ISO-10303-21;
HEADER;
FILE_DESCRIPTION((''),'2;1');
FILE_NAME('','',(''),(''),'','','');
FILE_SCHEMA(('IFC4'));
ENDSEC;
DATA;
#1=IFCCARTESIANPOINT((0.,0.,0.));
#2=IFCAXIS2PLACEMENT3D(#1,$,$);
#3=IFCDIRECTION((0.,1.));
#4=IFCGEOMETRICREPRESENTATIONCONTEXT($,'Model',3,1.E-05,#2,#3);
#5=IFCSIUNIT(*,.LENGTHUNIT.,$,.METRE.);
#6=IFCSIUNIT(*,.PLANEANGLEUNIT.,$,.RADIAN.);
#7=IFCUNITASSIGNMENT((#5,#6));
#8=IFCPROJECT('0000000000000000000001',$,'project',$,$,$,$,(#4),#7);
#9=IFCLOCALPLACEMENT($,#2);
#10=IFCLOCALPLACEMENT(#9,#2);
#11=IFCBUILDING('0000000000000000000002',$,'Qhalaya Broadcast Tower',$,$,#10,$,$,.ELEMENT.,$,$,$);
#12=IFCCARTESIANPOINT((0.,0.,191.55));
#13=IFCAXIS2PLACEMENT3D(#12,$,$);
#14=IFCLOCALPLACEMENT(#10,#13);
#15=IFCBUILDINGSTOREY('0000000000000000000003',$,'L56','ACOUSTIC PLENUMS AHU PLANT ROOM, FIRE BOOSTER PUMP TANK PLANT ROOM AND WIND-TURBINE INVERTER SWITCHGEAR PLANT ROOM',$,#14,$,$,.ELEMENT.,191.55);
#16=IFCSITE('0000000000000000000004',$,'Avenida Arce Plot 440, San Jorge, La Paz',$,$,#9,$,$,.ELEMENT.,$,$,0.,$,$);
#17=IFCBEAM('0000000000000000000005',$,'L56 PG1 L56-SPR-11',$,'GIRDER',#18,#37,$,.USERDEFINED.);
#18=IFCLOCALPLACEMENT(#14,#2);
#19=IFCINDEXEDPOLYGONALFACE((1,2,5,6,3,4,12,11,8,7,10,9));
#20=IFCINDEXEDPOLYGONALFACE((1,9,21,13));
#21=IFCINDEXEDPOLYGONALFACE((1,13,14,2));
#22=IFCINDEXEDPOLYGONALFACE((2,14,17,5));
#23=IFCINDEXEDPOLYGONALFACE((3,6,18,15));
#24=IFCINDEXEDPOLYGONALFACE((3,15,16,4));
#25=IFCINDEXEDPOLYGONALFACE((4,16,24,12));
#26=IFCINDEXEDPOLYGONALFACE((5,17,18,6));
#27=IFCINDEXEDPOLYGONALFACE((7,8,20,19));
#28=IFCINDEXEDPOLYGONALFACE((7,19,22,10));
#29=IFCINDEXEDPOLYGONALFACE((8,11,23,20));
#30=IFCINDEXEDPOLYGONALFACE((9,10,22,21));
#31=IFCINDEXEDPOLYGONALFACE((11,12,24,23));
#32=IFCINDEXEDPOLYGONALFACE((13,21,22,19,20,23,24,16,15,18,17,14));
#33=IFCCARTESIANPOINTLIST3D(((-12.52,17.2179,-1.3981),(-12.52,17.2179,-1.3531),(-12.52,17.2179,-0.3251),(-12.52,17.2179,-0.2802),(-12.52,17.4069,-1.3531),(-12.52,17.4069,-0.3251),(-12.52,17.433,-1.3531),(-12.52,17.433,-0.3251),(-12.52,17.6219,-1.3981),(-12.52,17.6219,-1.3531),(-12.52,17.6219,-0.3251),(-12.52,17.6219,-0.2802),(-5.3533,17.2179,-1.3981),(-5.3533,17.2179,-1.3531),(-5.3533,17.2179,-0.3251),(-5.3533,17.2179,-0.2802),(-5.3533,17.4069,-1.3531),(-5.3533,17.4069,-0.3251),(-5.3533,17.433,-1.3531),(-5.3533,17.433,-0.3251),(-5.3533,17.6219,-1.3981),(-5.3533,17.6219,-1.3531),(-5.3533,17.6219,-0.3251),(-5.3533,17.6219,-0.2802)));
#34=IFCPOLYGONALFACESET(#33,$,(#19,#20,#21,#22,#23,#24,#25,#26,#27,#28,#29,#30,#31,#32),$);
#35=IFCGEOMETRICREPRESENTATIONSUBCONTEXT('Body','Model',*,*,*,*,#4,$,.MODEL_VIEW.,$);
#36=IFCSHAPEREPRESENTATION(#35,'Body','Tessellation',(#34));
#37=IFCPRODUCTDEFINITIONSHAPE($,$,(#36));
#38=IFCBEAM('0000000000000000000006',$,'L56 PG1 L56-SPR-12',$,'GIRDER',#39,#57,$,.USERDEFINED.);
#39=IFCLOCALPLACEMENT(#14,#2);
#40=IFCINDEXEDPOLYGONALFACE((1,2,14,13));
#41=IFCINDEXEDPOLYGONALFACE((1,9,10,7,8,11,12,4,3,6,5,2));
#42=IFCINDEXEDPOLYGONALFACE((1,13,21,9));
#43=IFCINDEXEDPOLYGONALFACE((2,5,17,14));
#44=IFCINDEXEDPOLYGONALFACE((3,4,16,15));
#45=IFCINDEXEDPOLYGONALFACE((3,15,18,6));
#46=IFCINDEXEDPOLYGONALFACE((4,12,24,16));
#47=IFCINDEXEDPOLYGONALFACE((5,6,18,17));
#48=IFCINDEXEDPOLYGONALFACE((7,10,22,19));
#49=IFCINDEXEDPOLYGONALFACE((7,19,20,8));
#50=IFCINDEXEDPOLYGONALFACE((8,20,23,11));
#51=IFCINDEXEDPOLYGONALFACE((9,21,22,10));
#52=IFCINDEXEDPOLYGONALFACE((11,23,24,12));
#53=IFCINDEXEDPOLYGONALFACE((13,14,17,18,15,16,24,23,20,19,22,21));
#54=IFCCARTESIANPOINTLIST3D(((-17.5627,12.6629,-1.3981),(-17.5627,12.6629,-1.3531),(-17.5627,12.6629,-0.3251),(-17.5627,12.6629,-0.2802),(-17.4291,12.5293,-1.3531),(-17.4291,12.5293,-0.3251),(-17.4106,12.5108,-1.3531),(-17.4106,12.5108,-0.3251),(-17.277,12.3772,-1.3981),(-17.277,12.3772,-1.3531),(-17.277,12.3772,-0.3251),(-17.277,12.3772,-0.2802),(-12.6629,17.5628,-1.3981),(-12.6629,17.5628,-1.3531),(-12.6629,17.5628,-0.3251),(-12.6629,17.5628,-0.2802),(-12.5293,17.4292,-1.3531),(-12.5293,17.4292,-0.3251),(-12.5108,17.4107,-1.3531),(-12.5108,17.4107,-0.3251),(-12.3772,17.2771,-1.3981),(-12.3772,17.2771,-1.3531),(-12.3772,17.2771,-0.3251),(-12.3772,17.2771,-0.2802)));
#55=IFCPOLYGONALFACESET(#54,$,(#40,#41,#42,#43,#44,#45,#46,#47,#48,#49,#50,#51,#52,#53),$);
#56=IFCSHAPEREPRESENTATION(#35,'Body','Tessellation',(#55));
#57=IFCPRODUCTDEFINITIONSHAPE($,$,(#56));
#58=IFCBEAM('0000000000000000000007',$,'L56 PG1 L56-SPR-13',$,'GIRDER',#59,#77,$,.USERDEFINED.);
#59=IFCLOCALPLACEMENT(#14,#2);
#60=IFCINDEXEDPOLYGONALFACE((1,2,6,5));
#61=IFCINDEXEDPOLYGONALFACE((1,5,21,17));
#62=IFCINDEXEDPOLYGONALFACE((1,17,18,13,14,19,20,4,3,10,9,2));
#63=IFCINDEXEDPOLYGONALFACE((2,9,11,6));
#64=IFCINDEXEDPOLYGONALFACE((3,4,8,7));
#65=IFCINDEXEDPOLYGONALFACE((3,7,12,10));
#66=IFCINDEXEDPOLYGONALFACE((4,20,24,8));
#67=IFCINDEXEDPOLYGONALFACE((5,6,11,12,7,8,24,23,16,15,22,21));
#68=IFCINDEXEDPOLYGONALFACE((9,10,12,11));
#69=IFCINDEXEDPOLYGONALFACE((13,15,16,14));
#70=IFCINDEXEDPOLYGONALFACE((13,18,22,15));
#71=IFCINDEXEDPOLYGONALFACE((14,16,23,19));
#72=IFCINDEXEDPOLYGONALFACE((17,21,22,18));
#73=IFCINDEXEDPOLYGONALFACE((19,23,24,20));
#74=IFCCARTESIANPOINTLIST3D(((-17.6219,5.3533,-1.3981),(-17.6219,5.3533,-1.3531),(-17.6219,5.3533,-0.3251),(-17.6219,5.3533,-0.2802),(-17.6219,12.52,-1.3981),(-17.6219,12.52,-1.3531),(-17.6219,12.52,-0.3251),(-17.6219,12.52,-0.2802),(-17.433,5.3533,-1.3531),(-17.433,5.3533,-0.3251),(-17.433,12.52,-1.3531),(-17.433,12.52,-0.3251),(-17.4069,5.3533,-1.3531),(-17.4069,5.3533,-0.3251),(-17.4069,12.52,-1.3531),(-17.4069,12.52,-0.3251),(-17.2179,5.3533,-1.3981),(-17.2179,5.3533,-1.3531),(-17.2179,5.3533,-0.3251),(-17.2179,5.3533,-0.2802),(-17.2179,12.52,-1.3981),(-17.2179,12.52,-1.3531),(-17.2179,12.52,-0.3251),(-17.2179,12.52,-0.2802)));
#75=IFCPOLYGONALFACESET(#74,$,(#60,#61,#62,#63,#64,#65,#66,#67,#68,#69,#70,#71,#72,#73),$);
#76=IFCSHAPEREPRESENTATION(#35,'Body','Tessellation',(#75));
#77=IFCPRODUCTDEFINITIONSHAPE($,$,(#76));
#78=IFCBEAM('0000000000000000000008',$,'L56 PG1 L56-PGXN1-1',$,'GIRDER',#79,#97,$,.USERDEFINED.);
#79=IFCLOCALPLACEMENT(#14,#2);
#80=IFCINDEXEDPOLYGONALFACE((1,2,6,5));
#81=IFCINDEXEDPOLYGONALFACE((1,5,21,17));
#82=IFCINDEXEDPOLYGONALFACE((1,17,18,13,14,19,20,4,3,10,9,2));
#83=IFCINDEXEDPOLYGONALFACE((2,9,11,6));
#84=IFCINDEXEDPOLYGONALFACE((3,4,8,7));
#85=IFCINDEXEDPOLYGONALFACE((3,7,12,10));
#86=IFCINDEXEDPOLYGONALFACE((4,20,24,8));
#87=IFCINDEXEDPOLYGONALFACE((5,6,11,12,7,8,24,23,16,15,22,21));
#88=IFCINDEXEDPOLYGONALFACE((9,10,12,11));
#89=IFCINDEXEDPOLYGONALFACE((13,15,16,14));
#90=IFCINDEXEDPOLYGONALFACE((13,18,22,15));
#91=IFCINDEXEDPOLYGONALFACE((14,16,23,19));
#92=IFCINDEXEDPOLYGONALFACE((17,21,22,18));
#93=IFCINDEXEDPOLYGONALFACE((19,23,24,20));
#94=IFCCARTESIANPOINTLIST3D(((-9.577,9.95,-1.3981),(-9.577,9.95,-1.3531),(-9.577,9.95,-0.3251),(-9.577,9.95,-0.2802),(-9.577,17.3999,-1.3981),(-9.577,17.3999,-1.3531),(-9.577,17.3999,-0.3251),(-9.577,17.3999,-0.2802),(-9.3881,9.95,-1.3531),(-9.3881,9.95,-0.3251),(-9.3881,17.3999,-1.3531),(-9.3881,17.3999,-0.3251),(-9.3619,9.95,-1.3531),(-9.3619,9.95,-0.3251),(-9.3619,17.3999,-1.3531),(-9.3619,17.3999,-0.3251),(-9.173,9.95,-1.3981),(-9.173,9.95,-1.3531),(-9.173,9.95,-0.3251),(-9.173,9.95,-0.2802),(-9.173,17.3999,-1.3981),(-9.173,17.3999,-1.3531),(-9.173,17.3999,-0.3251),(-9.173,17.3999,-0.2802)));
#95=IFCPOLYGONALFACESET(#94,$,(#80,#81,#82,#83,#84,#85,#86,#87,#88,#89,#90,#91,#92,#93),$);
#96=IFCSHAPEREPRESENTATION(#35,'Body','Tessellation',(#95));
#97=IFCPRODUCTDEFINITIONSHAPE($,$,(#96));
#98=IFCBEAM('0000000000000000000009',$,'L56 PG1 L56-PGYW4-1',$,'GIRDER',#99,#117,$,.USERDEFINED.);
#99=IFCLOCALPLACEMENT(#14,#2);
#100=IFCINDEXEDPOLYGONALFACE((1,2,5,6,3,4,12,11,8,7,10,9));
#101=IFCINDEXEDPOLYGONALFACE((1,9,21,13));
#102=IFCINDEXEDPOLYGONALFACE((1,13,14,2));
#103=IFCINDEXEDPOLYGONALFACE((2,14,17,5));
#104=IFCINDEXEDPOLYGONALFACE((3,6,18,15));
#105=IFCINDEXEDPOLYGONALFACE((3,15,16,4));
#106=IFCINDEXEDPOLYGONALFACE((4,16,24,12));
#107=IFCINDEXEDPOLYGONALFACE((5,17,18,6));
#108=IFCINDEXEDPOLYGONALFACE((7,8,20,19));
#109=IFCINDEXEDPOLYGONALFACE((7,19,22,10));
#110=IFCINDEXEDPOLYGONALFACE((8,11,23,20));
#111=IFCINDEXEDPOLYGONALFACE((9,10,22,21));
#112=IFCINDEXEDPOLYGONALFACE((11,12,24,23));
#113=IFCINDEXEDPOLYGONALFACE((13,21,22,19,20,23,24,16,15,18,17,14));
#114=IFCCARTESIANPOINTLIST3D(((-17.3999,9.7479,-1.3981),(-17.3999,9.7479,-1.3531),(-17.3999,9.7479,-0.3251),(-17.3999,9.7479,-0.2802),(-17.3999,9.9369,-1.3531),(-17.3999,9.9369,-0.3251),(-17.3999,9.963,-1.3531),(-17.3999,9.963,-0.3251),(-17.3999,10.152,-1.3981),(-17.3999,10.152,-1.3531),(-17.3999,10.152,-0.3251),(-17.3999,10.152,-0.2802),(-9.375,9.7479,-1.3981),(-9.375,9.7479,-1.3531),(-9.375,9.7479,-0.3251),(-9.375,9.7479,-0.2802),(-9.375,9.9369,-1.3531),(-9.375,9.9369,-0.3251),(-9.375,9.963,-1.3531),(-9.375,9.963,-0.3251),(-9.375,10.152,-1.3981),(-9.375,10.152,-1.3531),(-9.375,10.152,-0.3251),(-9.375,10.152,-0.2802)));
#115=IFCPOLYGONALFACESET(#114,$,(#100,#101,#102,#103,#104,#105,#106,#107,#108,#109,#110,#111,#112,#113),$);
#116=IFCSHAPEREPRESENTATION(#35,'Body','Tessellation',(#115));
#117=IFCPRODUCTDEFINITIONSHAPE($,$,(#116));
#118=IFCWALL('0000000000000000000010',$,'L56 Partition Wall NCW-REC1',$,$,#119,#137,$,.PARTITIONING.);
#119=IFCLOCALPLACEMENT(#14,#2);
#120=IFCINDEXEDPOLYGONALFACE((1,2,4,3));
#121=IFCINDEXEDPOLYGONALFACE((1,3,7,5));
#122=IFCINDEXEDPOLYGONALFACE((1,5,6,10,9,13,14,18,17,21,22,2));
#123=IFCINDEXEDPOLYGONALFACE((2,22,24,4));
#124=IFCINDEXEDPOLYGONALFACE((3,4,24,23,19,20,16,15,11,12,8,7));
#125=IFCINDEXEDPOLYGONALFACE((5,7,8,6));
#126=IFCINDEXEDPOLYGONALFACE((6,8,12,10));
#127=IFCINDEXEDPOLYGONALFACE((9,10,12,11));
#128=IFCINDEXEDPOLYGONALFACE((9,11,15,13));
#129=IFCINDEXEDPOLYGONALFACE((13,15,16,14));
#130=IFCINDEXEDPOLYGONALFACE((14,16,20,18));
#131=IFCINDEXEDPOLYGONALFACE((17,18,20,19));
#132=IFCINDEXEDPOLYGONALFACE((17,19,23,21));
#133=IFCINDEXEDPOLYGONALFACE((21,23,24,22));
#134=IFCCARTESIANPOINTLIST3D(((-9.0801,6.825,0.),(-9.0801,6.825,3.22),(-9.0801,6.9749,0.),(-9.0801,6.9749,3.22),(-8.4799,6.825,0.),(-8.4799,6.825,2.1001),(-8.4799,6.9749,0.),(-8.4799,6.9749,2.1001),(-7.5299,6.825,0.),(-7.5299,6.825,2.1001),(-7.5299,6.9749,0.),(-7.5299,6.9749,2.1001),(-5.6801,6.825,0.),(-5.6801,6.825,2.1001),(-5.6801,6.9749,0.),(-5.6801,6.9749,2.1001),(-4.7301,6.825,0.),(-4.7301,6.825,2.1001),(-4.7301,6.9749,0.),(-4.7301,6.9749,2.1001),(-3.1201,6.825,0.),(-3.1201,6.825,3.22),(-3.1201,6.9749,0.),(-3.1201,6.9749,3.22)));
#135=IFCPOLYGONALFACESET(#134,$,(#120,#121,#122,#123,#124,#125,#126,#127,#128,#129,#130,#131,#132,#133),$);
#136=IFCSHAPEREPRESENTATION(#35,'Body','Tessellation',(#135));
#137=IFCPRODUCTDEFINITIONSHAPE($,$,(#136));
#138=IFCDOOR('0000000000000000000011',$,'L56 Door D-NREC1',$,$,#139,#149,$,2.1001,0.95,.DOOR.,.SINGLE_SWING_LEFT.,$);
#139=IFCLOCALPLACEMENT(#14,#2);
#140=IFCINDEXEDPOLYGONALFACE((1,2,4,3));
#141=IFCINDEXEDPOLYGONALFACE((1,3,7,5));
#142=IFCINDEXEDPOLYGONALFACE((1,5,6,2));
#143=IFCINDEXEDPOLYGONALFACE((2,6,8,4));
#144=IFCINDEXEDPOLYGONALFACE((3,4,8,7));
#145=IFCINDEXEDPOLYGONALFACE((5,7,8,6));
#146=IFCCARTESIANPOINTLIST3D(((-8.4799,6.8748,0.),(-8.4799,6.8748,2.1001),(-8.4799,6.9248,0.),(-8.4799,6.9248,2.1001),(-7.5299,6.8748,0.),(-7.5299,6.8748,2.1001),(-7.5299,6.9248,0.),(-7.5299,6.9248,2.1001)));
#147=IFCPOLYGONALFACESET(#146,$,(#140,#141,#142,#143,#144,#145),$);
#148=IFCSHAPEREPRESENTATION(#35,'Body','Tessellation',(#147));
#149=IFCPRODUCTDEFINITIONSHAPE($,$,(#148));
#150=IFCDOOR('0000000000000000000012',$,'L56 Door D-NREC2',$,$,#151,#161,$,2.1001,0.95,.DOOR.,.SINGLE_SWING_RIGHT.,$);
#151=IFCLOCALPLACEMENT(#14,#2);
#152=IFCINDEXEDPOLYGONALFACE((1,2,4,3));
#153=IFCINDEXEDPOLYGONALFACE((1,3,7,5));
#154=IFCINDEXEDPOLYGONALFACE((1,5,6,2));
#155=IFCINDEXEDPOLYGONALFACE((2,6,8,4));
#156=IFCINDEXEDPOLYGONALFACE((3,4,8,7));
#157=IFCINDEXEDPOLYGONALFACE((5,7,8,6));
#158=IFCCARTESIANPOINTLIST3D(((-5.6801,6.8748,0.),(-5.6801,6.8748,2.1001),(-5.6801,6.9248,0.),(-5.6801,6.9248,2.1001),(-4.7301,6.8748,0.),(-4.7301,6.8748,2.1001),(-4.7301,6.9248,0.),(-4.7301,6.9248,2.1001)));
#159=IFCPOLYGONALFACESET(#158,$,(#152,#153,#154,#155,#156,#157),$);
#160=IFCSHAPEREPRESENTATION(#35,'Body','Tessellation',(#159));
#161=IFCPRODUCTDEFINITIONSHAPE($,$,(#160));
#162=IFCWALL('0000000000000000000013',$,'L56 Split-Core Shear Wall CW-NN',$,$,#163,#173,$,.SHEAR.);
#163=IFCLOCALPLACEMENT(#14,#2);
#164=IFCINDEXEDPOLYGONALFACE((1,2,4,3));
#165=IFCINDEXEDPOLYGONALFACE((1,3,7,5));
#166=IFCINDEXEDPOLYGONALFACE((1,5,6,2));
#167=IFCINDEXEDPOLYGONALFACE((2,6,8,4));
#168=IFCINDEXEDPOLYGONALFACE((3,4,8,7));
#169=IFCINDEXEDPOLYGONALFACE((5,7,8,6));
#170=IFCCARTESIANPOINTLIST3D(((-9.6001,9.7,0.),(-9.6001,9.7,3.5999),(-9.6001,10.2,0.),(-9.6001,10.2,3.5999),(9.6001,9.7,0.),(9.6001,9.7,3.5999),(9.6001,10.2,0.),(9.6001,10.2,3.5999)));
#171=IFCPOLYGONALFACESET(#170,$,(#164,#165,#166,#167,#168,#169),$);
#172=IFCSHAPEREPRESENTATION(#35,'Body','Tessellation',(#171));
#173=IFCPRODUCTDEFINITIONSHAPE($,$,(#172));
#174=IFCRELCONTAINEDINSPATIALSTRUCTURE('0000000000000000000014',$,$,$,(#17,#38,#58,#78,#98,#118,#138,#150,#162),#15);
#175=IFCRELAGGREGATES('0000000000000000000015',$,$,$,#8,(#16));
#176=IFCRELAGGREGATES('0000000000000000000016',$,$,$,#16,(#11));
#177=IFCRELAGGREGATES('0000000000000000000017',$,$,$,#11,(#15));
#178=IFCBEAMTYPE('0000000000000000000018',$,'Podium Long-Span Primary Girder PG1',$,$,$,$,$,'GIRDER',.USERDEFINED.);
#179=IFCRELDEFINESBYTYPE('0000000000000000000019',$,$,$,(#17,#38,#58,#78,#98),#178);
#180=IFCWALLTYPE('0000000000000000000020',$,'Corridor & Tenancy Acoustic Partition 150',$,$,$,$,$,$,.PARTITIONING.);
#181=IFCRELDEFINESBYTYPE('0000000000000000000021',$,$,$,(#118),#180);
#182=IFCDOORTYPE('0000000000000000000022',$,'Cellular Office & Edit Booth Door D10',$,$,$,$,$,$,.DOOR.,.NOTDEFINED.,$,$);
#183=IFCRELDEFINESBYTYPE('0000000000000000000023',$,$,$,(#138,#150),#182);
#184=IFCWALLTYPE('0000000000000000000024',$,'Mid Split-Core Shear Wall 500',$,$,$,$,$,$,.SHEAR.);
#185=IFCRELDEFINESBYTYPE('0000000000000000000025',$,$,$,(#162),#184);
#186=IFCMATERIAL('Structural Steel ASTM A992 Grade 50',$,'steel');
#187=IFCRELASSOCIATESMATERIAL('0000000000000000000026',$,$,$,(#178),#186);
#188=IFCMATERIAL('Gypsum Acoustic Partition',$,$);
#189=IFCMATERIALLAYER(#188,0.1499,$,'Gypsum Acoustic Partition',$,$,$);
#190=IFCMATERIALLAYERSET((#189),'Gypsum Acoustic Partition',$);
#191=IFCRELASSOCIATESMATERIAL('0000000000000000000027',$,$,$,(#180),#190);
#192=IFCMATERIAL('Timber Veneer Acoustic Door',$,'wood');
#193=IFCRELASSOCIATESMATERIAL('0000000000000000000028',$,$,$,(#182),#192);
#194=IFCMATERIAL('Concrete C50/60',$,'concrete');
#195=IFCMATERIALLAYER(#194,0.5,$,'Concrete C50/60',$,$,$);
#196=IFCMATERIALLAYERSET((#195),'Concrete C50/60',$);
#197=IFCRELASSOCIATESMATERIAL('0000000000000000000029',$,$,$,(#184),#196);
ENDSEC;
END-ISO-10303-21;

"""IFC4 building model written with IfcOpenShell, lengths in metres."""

from ifc_helpers import new_model, si_unit, direction, frame, frame_2d, origin, origin_2d, place, context, subcontext, project, spatial, rectangle, i_section, extrude, material, layer, layer_set, material_profile, profile_set, type_object, element, fill, save


model = new_model("IFC4")

# Units and contexts
model_context = context("Model", 3, precision=1e-05, world=origin(), true_north=direction((0.0, 1.0)))
body_context = subcontext(model_context, "Body", "Model", "MODEL_VIEW")
ifc_project = project(units=[si_unit("LENGTHUNIT", "METRE"), si_unit("PLANEANGLEUNIT", "RADIAN")], contexts=[model_context])

# Site, building, storey
site_placement = place(None, origin())
site = spatial("IfcSite", under=ifc_project, at=site_placement, Name="Avenida Arce Plot 440, San Jorge, La Paz", CompositionType="ELEMENT", RefElevation=0.0)
building_placement = place(site_placement, origin())
building = spatial("IfcBuilding", under=site, at=building_placement, Name="Qhalaya Broadcast Tower", CompositionType="ELEMENT")
storey_placement = place(building_placement, frame((0.0, 0.0, 191.55)))
storey = spatial("IfcBuildingStorey", under=building, at=storey_placement, Name="L56", Description="ACOUSTIC PLENUMS AHU PLANT ROOM, FIRE BOOSTER PUMP TANK PLANT ROOM AND WIND-TURBINE INVERTER SWITCHGEAR PLANT ROOM", CompositionType="ELEMENT", Elevation=191.55)

# Shared definitions
ifc_material_1 = material(Name="Concrete C50/60", Category="concrete")

# Beams
ifc_material_2 = material(Name="Structural Steel ASTM A992 Grade 50", Category="steel")
ifc_material_profile_1 = material_profile(ifc_material_2, i_section(OverallWidth=0.4041, OverallDepth=1.1179, WebThickness=0.0261, FlangeThickness=0.0449, at=origin_2d()), Name="W44X335")
ifc_profile_set_1 = profile_set([ifc_material_profile_1], Name="Structural Steel ASTM A992 Grade 50")
beam_type_1 = type_object("IfcBeamType", Name="Podium Long-Span Primary Girder PG1", ElementType="GIRDER", PredefinedType="USERDEFINED", material=ifc_profile_set_1)
beam_1_placement = place(storey_placement, frame((-5.3533, 17.4199, -0.8391), z_axis=(-1.0, 0.0, 0.0), x_axis=(0.0, -1.0, 0.0)))
element("IfcBeam", 1, at=beam_1_placement, inside=storey, type_object=beam_type_1, Name="L56 PG1 L56-SPR-11", ObjectType="GIRDER", PredefinedType="USERDEFINED", context=body_context, shape_type="SweptSolid", body=[
    extrude(i_section(OverallWidth=0.4041, OverallDepth=1.1179, WebThickness=0.0261, FlangeThickness=0.0449, at=origin_2d()), origin(), (0.0, 0.0, 1.0), 7.1667),
])
beam_2_placement = place(storey_placement, frame((-12.52, 17.4199, -0.8391), z_axis=(-0.707107, -0.707107, 0.0), x_axis=(0.707107, -0.707107, 0.0)))
element("IfcBeam", 2, at=beam_2_placement, inside=storey, type_object=beam_type_1, Name="L56 PG1 L56-SPR-12", ObjectType="GIRDER", PredefinedType="USERDEFINED", context=body_context, shape_type="SweptSolid", body=[
    extrude(i_section(OverallWidth=0.4041, OverallDepth=1.1179, WebThickness=0.0261, FlangeThickness=0.0449, at=origin_2d()), origin(), (0.0, 0.0, 1.0), 6.9294),
])
beam_3_placement = place(storey_placement, frame((-17.4199, 12.52, -0.8391), z_axis=(0.0, -1.0, 0.0), x_axis=(1.0, 0.0, 0.0)))
element("IfcBeam", 3, at=beam_3_placement, inside=storey, type_object=beam_type_1, Name="L56 PG1 L56-SPR-13", ObjectType="GIRDER", PredefinedType="USERDEFINED", context=body_context, shape_type="SweptSolid", body=[
    extrude(i_section(OverallWidth=0.4041, OverallDepth=1.1179, WebThickness=0.0261, FlangeThickness=0.0449, at=origin_2d()), origin(), (0.0, 0.0, 1.0), 7.1667),
])
beam_4_placement = place(storey_placement, frame((-9.375, 9.95, -0.8391), z_axis=(0.0, 1.0, 0.0), x_axis=(-1.0, 0.0, 0.0)))
element("IfcBeam", 4, at=beam_4_placement, inside=storey, type_object=beam_type_1, Name="L56 PG1 L56-PGXN1-1", ObjectType="GIRDER", PredefinedType="USERDEFINED", context=body_context, shape_type="SweptSolid", body=[
    extrude(i_section(OverallWidth=0.4041, OverallDepth=1.1179, WebThickness=0.0261, FlangeThickness=0.0449, at=origin_2d()), origin(), (0.0, 0.0, 1.0), 7.45),
])
beam_5_placement = place(storey_placement, frame((-17.3999, 9.95, -0.8391), z_axis=(1.0, 0.0, 0.0), x_axis=(0.0, 1.0, 0.0)))
element("IfcBeam", 5, at=beam_5_placement, inside=storey, type_object=beam_type_1, Name="L56 PG1 L56-PGYW4-1", ObjectType="GIRDER", PredefinedType="USERDEFINED", context=body_context, shape_type="SweptSolid", body=[
    extrude(i_section(OverallWidth=0.4041, OverallDepth=1.1179, WebThickness=0.0261, FlangeThickness=0.0449, at=origin_2d()), origin(), (0.0, 0.0, 1.0), 8.0249),
])

# Wall, openings, doors
ifc_material_3 = material(Name="Gypsum Acoustic Partition")
ifc_layer_1 = layer(ifc_material_3, 0.1499, Name="Gypsum Acoustic Partition")
ifc_layer_set_1 = layer_set([ifc_layer_1], Name="Gypsum Acoustic Partition")
wall_type_1 = type_object("IfcWallType", Name="Corridor & Tenancy Acoustic Partition 150", PredefinedType="PARTITIONING", material=ifc_layer_set_1)
wall_1_placement = place(storey_placement, frame((-9.0801, 6.8999, 0.0), z_axis=(0.0, 0.0, 1.0), x_axis=(1.0, 0.0, 0.0)))
wall_1 = element("IfcWall", 6, at=wall_1_placement, inside=storey, type_object=wall_type_1, Name="L56 Partition Wall NCW-REC1", PredefinedType="PARTITIONING", context=body_context, shape_type="SweptSolid", body=[
    extrude(rectangle(XDim=5.96, YDim=0.1499, at=frame_2d((2.98, 0.0))), origin(), (0.0, 0.0, 1.0), 3.22),
])
opening_1_placement = place(wall_1_placement, frame((0.6001, 0.0, 0.0)))
opening_1 = element("IfcOpeningElement", 7, at=opening_1_placement, cuts=wall_1, PredefinedType="OPENING", context=body_context, shape_type="SweptSolid", body=[
    extrude(rectangle(XDim=0.95, YDim=2.1001, at=frame_2d((0.4751, 1.05))), frame((0.0, 0.0869, 0.0), z_axis=(0.0, -1.0, 0.0), x_axis=(1.0, 0.0, 0.0)), (0.0, 0.0, 1.0), 0.1738),
])
opening_2_placement = place(wall_1_placement, frame((3.3999, 0.0, 0.0)))
opening_2 = element("IfcOpeningElement", 8, at=opening_2_placement, cuts=wall_1, PredefinedType="OPENING", context=body_context, shape_type="SweptSolid", body=[
    extrude(rectangle(XDim=0.95, YDim=2.1001, at=frame_2d((0.4751, 1.05))), frame((0.0, 0.0869, 0.0), z_axis=(0.0, -1.0, 0.0), x_axis=(1.0, 0.0, 0.0)), (0.0, 0.0, 1.0), 0.1738),
])
ifc_material_4 = material(Name="Timber Veneer Acoustic Door", Category="wood")
door_type = type_object("IfcDoorType", Name="Cellular Office & Edit Booth Door D10", OperationType="NOTDEFINED", PredefinedType="DOOR", material=ifc_material_4)
door_1_placement = place(opening_1_placement, origin())
door_1 = element("IfcDoor", 9, at=door_1_placement, inside=storey, type_object=door_type, Name="L56 Door D-NREC1", OperationType="SINGLE_SWING_LEFT", OverallHeight=2.1001, OverallWidth=0.95, PredefinedType="DOOR", context=body_context, shape_type="SweptSolid", body=[
    extrude(rectangle(XDim=0.95, YDim=2.1001, at=frame_2d((0.4751, 1.05))), frame((0.0, 0.0249, 0.0), z_axis=(0.0, -1.0, 0.0), x_axis=(1.0, 0.0, 0.0)), (0.0, 0.0, 1.0), 0.05),
])
fill(opening_1, door_1)
door_2_placement = place(opening_2_placement, origin())
door_2 = element("IfcDoor", 10, at=door_2_placement, inside=storey, type_object=door_type, Name="L56 Door D-NREC2", OperationType="SINGLE_SWING_RIGHT", OverallHeight=2.1001, OverallWidth=0.95, PredefinedType="DOOR", context=body_context, shape_type="SweptSolid", body=[
    extrude(rectangle(XDim=0.95, YDim=2.1001, at=frame_2d((0.4751, 1.05))), frame((0.0, 0.0249, 0.0), z_axis=(0.0, -1.0, 0.0), x_axis=(1.0, 0.0, 0.0)), (0.0, 0.0, 1.0), 0.05),
])
fill(opening_2, door_2)

# Wall
ifc_layer_2 = layer(ifc_material_1, 0.5, Name="Concrete C50/60")
ifc_layer_set_2 = layer_set([ifc_layer_2], Name="Concrete C50/60")
wall_type_2 = type_object("IfcWallType", Name="Mid Split-Core Shear Wall 500", PredefinedType="SHEAR", material=ifc_layer_set_2)
wall_2_placement = place(storey_placement, frame((-9.6001, 9.95, 0.0), z_axis=(0.0, 0.0, 1.0), x_axis=(1.0, 0.0, 0.0)))
element("IfcWall", 11, at=wall_2_placement, inside=storey, type_object=wall_type_2, Name="L56 Split-Core Shear Wall CW-NN", PredefinedType="SHEAR", context=body_context, shape_type="SweptSolid", body=[
    extrude(rectangle(XDim=19.2002, YDim=0.5, at=frame_2d((9.6001, 0.0))), origin(), (0.0, 0.0, 1.0), 3.5999),
])

save(model, "model.ifc")
